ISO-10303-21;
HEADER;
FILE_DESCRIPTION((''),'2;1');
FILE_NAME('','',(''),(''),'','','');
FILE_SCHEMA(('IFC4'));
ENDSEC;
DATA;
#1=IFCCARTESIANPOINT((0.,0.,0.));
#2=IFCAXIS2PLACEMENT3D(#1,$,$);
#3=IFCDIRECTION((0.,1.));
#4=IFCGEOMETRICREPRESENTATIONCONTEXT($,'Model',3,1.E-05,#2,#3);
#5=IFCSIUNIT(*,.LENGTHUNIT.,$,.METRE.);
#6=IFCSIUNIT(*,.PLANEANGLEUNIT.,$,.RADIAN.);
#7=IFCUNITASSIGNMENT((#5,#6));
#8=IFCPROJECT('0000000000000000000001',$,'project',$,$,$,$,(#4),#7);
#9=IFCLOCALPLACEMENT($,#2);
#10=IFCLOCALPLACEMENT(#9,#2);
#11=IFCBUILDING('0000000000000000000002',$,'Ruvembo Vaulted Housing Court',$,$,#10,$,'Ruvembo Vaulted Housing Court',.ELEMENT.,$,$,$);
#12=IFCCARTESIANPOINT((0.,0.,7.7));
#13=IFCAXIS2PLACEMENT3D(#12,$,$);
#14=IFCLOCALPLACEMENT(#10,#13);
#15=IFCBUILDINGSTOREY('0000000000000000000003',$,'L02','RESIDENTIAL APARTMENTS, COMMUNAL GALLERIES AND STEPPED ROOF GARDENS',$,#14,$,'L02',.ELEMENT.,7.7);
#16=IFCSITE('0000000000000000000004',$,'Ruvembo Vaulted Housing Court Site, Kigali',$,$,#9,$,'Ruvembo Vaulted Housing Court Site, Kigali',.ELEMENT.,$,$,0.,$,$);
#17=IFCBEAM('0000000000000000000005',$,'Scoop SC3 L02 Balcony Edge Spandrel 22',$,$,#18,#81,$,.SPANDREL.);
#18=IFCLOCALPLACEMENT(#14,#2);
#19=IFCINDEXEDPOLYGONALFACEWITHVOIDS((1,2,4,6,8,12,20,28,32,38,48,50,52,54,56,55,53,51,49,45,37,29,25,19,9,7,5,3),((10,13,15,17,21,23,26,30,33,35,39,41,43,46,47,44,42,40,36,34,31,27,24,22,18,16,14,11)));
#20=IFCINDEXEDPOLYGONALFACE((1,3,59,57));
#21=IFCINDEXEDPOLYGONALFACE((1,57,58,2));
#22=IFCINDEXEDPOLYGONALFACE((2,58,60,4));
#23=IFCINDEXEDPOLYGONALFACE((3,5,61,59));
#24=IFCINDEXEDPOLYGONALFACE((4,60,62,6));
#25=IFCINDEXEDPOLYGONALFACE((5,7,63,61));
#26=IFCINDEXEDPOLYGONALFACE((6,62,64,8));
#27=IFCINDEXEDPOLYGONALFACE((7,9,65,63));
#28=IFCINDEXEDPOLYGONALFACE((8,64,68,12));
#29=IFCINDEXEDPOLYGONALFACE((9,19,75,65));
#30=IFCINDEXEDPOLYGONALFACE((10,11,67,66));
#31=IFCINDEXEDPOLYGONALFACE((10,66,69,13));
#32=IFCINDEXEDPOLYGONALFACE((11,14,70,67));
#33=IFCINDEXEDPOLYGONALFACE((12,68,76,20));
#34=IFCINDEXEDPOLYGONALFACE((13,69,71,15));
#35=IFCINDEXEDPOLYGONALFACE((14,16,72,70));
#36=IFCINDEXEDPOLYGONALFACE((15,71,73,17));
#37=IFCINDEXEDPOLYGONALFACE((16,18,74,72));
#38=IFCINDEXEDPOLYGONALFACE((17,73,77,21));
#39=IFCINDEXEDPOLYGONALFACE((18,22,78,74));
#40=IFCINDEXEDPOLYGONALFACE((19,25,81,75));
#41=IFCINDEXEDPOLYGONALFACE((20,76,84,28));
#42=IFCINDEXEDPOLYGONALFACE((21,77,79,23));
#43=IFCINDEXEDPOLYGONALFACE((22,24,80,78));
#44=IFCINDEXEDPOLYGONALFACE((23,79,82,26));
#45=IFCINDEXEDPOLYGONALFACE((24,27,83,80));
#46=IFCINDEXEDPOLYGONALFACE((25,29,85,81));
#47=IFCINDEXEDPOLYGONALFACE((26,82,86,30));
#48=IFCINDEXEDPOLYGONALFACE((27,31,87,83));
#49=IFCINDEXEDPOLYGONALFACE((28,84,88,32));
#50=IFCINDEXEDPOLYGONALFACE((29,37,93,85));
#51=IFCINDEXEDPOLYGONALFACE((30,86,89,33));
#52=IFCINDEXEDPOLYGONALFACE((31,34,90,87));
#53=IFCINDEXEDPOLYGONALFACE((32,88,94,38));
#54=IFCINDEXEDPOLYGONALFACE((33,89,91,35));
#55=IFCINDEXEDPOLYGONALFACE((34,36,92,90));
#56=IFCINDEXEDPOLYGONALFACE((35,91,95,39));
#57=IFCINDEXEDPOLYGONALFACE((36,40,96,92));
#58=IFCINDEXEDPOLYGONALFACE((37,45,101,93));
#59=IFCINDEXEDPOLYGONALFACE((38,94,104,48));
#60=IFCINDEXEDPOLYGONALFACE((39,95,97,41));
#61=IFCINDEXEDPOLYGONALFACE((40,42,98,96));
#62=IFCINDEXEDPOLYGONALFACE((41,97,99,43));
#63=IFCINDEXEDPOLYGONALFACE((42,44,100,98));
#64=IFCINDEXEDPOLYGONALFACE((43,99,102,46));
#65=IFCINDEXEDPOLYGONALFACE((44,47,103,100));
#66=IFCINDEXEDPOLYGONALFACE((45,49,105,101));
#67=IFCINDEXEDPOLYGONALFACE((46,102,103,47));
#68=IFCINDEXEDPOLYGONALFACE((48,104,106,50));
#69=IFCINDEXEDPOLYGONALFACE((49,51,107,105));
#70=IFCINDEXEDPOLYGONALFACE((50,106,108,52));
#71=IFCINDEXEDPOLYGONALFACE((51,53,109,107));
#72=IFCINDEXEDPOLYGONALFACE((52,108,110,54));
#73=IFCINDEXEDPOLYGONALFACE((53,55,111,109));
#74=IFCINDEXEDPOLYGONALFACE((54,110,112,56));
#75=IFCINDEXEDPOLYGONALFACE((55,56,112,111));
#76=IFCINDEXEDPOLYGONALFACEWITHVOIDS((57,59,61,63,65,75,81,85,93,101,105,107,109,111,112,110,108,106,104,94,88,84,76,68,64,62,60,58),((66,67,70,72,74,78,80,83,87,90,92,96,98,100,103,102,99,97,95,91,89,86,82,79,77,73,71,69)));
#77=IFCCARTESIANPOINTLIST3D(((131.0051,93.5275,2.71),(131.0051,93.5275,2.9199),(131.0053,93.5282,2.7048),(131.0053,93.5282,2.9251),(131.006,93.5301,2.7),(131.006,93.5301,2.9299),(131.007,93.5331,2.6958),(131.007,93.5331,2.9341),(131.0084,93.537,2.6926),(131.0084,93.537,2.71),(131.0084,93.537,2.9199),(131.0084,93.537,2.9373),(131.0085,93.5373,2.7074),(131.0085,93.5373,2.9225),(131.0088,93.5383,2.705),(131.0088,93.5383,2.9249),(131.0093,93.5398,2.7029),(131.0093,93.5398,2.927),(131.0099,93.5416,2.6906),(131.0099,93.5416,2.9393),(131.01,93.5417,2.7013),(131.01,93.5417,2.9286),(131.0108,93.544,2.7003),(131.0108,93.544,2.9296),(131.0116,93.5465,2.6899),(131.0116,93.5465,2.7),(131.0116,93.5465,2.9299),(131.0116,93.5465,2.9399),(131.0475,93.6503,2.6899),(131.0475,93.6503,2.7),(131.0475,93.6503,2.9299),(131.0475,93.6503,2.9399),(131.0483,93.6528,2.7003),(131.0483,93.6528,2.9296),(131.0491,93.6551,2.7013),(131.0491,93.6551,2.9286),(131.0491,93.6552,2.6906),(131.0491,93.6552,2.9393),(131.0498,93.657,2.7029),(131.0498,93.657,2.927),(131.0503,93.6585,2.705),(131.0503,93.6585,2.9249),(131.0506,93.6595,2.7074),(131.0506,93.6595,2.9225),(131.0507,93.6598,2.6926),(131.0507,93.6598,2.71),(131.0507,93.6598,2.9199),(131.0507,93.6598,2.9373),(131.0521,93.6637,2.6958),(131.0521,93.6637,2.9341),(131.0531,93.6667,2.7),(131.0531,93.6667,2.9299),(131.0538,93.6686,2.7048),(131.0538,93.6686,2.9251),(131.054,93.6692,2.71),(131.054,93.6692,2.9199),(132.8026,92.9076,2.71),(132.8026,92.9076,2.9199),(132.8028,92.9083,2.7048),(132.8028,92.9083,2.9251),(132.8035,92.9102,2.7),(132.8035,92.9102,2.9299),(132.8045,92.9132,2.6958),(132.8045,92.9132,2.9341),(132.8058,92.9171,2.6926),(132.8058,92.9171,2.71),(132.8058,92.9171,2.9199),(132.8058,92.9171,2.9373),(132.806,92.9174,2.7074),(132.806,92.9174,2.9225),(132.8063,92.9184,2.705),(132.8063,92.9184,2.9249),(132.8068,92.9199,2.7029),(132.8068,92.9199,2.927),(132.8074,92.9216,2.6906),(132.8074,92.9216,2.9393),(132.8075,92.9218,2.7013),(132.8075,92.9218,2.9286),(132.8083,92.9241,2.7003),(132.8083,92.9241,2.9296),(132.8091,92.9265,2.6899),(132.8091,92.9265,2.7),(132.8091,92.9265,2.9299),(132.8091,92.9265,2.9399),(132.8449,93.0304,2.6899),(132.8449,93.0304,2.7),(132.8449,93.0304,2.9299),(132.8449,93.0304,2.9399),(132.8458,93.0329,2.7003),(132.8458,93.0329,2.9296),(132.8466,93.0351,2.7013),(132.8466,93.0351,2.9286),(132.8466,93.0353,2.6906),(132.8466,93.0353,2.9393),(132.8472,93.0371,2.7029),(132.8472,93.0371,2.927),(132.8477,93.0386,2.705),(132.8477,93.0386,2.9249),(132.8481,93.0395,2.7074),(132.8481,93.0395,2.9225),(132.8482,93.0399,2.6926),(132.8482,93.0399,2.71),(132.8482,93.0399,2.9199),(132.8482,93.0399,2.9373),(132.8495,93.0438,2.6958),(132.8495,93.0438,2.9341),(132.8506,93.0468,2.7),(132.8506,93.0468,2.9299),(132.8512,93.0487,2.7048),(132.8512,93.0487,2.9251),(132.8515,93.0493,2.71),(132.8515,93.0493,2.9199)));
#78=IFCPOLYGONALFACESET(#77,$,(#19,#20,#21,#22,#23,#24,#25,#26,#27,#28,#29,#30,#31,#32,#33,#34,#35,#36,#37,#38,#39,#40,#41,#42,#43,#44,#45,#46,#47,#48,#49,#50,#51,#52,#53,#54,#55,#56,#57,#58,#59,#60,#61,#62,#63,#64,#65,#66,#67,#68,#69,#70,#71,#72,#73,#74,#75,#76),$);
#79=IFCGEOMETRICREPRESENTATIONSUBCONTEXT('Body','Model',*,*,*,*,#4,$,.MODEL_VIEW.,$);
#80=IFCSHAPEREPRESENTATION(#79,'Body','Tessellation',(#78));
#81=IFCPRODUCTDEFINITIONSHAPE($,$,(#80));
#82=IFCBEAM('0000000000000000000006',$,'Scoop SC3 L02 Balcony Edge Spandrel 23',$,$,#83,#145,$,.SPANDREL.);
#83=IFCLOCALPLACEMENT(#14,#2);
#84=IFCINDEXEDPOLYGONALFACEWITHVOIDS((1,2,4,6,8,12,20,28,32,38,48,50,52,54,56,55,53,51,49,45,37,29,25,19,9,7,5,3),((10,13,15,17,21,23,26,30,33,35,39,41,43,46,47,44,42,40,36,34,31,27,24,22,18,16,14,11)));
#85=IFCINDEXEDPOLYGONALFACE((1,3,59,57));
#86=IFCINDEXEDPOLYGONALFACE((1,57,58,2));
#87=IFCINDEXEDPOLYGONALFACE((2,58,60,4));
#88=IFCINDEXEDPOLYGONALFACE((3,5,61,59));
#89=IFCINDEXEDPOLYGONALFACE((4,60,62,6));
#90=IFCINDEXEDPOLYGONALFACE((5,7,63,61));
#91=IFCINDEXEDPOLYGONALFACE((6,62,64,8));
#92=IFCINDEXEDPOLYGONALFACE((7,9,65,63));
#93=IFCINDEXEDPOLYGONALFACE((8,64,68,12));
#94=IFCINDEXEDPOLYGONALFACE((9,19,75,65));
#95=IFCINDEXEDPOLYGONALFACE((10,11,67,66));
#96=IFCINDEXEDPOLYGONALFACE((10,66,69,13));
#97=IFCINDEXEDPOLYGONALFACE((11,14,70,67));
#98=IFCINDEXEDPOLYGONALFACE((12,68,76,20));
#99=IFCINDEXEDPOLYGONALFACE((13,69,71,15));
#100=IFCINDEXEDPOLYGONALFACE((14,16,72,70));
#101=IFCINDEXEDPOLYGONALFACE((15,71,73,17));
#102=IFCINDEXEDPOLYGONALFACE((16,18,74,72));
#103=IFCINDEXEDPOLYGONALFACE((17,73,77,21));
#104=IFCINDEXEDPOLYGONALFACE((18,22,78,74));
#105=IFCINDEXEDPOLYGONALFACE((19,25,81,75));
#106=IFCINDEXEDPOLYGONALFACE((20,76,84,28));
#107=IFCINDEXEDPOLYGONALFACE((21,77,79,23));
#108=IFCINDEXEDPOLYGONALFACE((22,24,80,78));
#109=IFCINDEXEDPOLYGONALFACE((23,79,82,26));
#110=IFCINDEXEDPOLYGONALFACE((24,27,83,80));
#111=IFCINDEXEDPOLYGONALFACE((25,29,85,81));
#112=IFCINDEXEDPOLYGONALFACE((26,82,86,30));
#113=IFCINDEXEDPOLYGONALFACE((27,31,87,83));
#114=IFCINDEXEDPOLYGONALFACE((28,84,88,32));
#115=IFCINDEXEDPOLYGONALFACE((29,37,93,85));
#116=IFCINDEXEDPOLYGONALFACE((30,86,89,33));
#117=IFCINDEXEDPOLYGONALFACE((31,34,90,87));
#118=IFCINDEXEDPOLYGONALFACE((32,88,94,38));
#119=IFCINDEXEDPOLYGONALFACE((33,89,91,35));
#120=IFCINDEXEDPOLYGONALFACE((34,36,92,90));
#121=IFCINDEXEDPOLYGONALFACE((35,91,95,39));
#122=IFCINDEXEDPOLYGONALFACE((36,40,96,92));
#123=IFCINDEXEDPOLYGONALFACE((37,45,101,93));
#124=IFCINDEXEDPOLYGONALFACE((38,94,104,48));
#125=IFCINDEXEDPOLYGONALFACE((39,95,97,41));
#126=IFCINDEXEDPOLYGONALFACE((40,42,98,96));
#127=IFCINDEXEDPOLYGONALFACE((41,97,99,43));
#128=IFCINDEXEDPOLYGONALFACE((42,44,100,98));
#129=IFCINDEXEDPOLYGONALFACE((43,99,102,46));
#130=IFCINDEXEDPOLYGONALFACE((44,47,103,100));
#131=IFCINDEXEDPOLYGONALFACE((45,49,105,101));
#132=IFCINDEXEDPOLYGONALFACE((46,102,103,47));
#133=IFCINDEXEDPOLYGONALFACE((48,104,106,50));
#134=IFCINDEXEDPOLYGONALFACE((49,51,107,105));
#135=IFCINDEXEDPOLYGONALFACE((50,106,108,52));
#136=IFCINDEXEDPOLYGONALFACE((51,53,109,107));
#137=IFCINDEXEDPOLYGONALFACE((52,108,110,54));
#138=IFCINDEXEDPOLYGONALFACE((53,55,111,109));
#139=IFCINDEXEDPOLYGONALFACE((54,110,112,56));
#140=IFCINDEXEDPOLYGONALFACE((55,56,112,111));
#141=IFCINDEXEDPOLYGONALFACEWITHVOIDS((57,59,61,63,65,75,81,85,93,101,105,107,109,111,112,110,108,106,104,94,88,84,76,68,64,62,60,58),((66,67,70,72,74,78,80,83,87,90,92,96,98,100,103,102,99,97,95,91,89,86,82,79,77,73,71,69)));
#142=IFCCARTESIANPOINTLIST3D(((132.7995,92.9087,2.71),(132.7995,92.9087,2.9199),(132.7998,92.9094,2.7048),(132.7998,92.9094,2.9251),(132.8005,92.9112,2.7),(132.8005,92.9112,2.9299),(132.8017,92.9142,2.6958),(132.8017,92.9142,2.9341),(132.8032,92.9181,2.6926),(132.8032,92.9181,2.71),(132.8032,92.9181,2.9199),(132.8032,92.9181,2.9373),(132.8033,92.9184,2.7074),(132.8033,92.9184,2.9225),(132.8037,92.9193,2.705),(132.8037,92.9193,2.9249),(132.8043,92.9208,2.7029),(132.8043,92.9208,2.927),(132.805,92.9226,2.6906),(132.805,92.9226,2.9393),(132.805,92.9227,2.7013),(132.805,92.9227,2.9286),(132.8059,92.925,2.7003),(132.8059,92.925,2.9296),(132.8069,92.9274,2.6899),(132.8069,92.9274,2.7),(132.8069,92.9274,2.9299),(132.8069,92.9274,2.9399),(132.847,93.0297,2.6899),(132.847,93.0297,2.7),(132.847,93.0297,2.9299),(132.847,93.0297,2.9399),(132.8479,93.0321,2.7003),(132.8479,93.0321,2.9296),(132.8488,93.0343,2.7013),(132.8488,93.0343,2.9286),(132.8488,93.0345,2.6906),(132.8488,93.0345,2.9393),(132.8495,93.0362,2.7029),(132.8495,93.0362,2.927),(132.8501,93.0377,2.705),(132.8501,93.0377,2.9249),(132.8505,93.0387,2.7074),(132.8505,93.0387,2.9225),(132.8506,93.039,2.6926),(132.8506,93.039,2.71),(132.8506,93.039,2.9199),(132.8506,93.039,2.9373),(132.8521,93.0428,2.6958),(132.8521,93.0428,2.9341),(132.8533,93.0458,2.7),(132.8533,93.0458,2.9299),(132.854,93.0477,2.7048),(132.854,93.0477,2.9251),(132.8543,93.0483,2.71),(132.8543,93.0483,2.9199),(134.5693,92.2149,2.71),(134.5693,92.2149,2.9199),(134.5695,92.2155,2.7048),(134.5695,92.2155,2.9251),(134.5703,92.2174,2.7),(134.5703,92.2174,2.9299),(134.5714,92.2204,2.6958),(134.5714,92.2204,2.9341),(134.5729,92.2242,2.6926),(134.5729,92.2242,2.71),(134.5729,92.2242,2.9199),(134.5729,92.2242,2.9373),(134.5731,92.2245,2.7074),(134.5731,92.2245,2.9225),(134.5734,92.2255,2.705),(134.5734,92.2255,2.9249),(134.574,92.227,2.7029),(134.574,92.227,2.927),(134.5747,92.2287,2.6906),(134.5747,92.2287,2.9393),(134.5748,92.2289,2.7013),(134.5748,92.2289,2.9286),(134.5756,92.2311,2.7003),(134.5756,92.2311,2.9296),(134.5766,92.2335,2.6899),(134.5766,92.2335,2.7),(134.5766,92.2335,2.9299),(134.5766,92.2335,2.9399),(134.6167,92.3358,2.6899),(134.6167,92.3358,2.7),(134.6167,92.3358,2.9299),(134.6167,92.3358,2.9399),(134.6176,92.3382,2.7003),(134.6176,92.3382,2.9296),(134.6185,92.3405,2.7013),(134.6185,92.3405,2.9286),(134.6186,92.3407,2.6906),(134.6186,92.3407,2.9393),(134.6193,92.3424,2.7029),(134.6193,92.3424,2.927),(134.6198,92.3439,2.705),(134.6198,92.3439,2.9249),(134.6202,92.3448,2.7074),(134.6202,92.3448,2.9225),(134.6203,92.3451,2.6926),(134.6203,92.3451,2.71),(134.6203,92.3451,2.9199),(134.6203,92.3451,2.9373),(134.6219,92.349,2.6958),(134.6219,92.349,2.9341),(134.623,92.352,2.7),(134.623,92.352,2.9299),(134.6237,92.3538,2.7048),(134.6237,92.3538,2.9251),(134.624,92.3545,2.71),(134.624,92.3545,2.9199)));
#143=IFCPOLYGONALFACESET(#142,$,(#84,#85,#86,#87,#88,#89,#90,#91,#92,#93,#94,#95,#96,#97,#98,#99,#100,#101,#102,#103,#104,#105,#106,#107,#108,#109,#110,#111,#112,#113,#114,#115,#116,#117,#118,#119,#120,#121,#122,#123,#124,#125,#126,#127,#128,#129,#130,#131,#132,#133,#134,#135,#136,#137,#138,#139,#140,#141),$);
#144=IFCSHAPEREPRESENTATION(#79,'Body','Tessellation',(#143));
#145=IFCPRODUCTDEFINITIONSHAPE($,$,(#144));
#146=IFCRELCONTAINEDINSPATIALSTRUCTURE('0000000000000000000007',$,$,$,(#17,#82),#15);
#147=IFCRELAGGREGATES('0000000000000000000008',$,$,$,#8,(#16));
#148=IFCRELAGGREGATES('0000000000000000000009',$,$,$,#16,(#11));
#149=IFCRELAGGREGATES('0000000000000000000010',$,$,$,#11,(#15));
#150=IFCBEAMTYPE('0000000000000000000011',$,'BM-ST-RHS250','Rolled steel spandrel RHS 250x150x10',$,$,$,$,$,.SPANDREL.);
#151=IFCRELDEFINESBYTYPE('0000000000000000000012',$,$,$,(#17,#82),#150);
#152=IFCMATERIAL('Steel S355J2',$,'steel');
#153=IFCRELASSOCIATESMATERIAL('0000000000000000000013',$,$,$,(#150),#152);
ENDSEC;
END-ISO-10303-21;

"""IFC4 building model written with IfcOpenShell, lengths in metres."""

from ifc_helpers import new_model, si_unit, direction, frame, origin, origin_2d, place, context, subcontext, project, spatial, hollow_rectangle, extrude, material, material_profile, profile_set, type_object, element, save


model = new_model("IFC4")

# Units and contexts
model_context = context("Model", 3, precision=1e-05, world=origin(), true_north=direction((0.0, 1.0)))
body_context = subcontext(model_context, "Body", "Model", "MODEL_VIEW")
ifc_project = project(units=[si_unit("LENGTHUNIT", "METRE"), si_unit("PLANEANGLEUNIT", "RADIAN")], contexts=[model_context])

# Site, building, storey
site_placement = place(None, origin())
site = spatial("IfcSite", under=ifc_project, at=site_placement, Name="Ruvembo Vaulted Housing Court Site, Kigali", LongName="Ruvembo Vaulted Housing Court Site, Kigali", CompositionType="ELEMENT", RefElevation=0.0)
building_placement = place(site_placement, origin())
building = spatial("IfcBuilding", under=site, at=building_placement, Name="Ruvembo Vaulted Housing Court", LongName="Ruvembo Vaulted Housing Court", CompositionType="ELEMENT")
storey_placement = place(building_placement, frame((0.0, 0.0, 7.7)))
storey = spatial("IfcBuildingStorey", under=building, at=storey_placement, Name="L02", Description="RESIDENTIAL APARTMENTS, COMMUNAL GALLERIES AND STEPPED ROOF GARDENS", LongName="L02", CompositionType="ELEMENT", Elevation=7.7)

# Beams
ifc_material_1 = material(Name="Steel S355J2", Category="steel")
ifc_material_profile_1 = material_profile(ifc_material_1, hollow_rectangle(XDim=0.1499, YDim=0.25, WallThickness=0.01, InnerFilletRadius=0.01, OuterFilletRadius=0.02, at=origin_2d()), Name="RHS 250x150x10")
ifc_profile_set_1 = profile_set([ifc_material_profile_1], Name="Steel S355J2")
beam_type = type_object("IfcBeamType", Name="BM-ST-RHS250", Description="Rolled steel spandrel RHS 250x150x10", PredefinedType="SPANDREL", material=ifc_profile_set_1)
beam_placement = place(storey_placement, frame((131.0295, 93.5984, 2.8149), z_axis=(0.945358, -0.326034, 0.0), x_axis=(0.326034, 0.945358, 0.0)))
element("IfcBeam", 1, at=beam_placement, inside=storey, type_object=beam_type, Name="Scoop SC3 L02 Balcony Edge Spandrel 22", PredefinedType="SPANDREL", context=body_context, shape_type="SweptSolid", body=[
    extrude(hollow_rectangle(XDim=0.1499, YDim=0.25, WallThickness=0.01, InnerFilletRadius=0.01, OuterFilletRadius=0.02, at=origin_2d()), origin(), (0.0, 0.0, 1.0), 1.9014),
])
for number, where, z_axis, x_axis, name in (
    (2, (132.8269, 92.9785, 2.8149), (0.931006, -0.365005, 0.0), (0.365005, 0.931006, 0.0), "Scoop SC3 L02 Balcony Edge Spandrel 23"),
):
    element("IfcBeam", number, at=place(storey_placement, frame(where, z_axis=z_axis, x_axis=x_axis)), inside=storey, type_object=beam_type, Name=name, PredefinedType="SPANDREL", context=body_context, shape_type="SweptSolid", body=[
        extrude(hollow_rectangle(XDim=0.1499, YDim=0.25, WallThickness=0.01, InnerFilletRadius=0.01, OuterFilletRadius=0.02, at=origin_2d()), origin(), (0.0, 0.0, 1.0), 1.9009),
    ])

save(model, "model.ifc")
